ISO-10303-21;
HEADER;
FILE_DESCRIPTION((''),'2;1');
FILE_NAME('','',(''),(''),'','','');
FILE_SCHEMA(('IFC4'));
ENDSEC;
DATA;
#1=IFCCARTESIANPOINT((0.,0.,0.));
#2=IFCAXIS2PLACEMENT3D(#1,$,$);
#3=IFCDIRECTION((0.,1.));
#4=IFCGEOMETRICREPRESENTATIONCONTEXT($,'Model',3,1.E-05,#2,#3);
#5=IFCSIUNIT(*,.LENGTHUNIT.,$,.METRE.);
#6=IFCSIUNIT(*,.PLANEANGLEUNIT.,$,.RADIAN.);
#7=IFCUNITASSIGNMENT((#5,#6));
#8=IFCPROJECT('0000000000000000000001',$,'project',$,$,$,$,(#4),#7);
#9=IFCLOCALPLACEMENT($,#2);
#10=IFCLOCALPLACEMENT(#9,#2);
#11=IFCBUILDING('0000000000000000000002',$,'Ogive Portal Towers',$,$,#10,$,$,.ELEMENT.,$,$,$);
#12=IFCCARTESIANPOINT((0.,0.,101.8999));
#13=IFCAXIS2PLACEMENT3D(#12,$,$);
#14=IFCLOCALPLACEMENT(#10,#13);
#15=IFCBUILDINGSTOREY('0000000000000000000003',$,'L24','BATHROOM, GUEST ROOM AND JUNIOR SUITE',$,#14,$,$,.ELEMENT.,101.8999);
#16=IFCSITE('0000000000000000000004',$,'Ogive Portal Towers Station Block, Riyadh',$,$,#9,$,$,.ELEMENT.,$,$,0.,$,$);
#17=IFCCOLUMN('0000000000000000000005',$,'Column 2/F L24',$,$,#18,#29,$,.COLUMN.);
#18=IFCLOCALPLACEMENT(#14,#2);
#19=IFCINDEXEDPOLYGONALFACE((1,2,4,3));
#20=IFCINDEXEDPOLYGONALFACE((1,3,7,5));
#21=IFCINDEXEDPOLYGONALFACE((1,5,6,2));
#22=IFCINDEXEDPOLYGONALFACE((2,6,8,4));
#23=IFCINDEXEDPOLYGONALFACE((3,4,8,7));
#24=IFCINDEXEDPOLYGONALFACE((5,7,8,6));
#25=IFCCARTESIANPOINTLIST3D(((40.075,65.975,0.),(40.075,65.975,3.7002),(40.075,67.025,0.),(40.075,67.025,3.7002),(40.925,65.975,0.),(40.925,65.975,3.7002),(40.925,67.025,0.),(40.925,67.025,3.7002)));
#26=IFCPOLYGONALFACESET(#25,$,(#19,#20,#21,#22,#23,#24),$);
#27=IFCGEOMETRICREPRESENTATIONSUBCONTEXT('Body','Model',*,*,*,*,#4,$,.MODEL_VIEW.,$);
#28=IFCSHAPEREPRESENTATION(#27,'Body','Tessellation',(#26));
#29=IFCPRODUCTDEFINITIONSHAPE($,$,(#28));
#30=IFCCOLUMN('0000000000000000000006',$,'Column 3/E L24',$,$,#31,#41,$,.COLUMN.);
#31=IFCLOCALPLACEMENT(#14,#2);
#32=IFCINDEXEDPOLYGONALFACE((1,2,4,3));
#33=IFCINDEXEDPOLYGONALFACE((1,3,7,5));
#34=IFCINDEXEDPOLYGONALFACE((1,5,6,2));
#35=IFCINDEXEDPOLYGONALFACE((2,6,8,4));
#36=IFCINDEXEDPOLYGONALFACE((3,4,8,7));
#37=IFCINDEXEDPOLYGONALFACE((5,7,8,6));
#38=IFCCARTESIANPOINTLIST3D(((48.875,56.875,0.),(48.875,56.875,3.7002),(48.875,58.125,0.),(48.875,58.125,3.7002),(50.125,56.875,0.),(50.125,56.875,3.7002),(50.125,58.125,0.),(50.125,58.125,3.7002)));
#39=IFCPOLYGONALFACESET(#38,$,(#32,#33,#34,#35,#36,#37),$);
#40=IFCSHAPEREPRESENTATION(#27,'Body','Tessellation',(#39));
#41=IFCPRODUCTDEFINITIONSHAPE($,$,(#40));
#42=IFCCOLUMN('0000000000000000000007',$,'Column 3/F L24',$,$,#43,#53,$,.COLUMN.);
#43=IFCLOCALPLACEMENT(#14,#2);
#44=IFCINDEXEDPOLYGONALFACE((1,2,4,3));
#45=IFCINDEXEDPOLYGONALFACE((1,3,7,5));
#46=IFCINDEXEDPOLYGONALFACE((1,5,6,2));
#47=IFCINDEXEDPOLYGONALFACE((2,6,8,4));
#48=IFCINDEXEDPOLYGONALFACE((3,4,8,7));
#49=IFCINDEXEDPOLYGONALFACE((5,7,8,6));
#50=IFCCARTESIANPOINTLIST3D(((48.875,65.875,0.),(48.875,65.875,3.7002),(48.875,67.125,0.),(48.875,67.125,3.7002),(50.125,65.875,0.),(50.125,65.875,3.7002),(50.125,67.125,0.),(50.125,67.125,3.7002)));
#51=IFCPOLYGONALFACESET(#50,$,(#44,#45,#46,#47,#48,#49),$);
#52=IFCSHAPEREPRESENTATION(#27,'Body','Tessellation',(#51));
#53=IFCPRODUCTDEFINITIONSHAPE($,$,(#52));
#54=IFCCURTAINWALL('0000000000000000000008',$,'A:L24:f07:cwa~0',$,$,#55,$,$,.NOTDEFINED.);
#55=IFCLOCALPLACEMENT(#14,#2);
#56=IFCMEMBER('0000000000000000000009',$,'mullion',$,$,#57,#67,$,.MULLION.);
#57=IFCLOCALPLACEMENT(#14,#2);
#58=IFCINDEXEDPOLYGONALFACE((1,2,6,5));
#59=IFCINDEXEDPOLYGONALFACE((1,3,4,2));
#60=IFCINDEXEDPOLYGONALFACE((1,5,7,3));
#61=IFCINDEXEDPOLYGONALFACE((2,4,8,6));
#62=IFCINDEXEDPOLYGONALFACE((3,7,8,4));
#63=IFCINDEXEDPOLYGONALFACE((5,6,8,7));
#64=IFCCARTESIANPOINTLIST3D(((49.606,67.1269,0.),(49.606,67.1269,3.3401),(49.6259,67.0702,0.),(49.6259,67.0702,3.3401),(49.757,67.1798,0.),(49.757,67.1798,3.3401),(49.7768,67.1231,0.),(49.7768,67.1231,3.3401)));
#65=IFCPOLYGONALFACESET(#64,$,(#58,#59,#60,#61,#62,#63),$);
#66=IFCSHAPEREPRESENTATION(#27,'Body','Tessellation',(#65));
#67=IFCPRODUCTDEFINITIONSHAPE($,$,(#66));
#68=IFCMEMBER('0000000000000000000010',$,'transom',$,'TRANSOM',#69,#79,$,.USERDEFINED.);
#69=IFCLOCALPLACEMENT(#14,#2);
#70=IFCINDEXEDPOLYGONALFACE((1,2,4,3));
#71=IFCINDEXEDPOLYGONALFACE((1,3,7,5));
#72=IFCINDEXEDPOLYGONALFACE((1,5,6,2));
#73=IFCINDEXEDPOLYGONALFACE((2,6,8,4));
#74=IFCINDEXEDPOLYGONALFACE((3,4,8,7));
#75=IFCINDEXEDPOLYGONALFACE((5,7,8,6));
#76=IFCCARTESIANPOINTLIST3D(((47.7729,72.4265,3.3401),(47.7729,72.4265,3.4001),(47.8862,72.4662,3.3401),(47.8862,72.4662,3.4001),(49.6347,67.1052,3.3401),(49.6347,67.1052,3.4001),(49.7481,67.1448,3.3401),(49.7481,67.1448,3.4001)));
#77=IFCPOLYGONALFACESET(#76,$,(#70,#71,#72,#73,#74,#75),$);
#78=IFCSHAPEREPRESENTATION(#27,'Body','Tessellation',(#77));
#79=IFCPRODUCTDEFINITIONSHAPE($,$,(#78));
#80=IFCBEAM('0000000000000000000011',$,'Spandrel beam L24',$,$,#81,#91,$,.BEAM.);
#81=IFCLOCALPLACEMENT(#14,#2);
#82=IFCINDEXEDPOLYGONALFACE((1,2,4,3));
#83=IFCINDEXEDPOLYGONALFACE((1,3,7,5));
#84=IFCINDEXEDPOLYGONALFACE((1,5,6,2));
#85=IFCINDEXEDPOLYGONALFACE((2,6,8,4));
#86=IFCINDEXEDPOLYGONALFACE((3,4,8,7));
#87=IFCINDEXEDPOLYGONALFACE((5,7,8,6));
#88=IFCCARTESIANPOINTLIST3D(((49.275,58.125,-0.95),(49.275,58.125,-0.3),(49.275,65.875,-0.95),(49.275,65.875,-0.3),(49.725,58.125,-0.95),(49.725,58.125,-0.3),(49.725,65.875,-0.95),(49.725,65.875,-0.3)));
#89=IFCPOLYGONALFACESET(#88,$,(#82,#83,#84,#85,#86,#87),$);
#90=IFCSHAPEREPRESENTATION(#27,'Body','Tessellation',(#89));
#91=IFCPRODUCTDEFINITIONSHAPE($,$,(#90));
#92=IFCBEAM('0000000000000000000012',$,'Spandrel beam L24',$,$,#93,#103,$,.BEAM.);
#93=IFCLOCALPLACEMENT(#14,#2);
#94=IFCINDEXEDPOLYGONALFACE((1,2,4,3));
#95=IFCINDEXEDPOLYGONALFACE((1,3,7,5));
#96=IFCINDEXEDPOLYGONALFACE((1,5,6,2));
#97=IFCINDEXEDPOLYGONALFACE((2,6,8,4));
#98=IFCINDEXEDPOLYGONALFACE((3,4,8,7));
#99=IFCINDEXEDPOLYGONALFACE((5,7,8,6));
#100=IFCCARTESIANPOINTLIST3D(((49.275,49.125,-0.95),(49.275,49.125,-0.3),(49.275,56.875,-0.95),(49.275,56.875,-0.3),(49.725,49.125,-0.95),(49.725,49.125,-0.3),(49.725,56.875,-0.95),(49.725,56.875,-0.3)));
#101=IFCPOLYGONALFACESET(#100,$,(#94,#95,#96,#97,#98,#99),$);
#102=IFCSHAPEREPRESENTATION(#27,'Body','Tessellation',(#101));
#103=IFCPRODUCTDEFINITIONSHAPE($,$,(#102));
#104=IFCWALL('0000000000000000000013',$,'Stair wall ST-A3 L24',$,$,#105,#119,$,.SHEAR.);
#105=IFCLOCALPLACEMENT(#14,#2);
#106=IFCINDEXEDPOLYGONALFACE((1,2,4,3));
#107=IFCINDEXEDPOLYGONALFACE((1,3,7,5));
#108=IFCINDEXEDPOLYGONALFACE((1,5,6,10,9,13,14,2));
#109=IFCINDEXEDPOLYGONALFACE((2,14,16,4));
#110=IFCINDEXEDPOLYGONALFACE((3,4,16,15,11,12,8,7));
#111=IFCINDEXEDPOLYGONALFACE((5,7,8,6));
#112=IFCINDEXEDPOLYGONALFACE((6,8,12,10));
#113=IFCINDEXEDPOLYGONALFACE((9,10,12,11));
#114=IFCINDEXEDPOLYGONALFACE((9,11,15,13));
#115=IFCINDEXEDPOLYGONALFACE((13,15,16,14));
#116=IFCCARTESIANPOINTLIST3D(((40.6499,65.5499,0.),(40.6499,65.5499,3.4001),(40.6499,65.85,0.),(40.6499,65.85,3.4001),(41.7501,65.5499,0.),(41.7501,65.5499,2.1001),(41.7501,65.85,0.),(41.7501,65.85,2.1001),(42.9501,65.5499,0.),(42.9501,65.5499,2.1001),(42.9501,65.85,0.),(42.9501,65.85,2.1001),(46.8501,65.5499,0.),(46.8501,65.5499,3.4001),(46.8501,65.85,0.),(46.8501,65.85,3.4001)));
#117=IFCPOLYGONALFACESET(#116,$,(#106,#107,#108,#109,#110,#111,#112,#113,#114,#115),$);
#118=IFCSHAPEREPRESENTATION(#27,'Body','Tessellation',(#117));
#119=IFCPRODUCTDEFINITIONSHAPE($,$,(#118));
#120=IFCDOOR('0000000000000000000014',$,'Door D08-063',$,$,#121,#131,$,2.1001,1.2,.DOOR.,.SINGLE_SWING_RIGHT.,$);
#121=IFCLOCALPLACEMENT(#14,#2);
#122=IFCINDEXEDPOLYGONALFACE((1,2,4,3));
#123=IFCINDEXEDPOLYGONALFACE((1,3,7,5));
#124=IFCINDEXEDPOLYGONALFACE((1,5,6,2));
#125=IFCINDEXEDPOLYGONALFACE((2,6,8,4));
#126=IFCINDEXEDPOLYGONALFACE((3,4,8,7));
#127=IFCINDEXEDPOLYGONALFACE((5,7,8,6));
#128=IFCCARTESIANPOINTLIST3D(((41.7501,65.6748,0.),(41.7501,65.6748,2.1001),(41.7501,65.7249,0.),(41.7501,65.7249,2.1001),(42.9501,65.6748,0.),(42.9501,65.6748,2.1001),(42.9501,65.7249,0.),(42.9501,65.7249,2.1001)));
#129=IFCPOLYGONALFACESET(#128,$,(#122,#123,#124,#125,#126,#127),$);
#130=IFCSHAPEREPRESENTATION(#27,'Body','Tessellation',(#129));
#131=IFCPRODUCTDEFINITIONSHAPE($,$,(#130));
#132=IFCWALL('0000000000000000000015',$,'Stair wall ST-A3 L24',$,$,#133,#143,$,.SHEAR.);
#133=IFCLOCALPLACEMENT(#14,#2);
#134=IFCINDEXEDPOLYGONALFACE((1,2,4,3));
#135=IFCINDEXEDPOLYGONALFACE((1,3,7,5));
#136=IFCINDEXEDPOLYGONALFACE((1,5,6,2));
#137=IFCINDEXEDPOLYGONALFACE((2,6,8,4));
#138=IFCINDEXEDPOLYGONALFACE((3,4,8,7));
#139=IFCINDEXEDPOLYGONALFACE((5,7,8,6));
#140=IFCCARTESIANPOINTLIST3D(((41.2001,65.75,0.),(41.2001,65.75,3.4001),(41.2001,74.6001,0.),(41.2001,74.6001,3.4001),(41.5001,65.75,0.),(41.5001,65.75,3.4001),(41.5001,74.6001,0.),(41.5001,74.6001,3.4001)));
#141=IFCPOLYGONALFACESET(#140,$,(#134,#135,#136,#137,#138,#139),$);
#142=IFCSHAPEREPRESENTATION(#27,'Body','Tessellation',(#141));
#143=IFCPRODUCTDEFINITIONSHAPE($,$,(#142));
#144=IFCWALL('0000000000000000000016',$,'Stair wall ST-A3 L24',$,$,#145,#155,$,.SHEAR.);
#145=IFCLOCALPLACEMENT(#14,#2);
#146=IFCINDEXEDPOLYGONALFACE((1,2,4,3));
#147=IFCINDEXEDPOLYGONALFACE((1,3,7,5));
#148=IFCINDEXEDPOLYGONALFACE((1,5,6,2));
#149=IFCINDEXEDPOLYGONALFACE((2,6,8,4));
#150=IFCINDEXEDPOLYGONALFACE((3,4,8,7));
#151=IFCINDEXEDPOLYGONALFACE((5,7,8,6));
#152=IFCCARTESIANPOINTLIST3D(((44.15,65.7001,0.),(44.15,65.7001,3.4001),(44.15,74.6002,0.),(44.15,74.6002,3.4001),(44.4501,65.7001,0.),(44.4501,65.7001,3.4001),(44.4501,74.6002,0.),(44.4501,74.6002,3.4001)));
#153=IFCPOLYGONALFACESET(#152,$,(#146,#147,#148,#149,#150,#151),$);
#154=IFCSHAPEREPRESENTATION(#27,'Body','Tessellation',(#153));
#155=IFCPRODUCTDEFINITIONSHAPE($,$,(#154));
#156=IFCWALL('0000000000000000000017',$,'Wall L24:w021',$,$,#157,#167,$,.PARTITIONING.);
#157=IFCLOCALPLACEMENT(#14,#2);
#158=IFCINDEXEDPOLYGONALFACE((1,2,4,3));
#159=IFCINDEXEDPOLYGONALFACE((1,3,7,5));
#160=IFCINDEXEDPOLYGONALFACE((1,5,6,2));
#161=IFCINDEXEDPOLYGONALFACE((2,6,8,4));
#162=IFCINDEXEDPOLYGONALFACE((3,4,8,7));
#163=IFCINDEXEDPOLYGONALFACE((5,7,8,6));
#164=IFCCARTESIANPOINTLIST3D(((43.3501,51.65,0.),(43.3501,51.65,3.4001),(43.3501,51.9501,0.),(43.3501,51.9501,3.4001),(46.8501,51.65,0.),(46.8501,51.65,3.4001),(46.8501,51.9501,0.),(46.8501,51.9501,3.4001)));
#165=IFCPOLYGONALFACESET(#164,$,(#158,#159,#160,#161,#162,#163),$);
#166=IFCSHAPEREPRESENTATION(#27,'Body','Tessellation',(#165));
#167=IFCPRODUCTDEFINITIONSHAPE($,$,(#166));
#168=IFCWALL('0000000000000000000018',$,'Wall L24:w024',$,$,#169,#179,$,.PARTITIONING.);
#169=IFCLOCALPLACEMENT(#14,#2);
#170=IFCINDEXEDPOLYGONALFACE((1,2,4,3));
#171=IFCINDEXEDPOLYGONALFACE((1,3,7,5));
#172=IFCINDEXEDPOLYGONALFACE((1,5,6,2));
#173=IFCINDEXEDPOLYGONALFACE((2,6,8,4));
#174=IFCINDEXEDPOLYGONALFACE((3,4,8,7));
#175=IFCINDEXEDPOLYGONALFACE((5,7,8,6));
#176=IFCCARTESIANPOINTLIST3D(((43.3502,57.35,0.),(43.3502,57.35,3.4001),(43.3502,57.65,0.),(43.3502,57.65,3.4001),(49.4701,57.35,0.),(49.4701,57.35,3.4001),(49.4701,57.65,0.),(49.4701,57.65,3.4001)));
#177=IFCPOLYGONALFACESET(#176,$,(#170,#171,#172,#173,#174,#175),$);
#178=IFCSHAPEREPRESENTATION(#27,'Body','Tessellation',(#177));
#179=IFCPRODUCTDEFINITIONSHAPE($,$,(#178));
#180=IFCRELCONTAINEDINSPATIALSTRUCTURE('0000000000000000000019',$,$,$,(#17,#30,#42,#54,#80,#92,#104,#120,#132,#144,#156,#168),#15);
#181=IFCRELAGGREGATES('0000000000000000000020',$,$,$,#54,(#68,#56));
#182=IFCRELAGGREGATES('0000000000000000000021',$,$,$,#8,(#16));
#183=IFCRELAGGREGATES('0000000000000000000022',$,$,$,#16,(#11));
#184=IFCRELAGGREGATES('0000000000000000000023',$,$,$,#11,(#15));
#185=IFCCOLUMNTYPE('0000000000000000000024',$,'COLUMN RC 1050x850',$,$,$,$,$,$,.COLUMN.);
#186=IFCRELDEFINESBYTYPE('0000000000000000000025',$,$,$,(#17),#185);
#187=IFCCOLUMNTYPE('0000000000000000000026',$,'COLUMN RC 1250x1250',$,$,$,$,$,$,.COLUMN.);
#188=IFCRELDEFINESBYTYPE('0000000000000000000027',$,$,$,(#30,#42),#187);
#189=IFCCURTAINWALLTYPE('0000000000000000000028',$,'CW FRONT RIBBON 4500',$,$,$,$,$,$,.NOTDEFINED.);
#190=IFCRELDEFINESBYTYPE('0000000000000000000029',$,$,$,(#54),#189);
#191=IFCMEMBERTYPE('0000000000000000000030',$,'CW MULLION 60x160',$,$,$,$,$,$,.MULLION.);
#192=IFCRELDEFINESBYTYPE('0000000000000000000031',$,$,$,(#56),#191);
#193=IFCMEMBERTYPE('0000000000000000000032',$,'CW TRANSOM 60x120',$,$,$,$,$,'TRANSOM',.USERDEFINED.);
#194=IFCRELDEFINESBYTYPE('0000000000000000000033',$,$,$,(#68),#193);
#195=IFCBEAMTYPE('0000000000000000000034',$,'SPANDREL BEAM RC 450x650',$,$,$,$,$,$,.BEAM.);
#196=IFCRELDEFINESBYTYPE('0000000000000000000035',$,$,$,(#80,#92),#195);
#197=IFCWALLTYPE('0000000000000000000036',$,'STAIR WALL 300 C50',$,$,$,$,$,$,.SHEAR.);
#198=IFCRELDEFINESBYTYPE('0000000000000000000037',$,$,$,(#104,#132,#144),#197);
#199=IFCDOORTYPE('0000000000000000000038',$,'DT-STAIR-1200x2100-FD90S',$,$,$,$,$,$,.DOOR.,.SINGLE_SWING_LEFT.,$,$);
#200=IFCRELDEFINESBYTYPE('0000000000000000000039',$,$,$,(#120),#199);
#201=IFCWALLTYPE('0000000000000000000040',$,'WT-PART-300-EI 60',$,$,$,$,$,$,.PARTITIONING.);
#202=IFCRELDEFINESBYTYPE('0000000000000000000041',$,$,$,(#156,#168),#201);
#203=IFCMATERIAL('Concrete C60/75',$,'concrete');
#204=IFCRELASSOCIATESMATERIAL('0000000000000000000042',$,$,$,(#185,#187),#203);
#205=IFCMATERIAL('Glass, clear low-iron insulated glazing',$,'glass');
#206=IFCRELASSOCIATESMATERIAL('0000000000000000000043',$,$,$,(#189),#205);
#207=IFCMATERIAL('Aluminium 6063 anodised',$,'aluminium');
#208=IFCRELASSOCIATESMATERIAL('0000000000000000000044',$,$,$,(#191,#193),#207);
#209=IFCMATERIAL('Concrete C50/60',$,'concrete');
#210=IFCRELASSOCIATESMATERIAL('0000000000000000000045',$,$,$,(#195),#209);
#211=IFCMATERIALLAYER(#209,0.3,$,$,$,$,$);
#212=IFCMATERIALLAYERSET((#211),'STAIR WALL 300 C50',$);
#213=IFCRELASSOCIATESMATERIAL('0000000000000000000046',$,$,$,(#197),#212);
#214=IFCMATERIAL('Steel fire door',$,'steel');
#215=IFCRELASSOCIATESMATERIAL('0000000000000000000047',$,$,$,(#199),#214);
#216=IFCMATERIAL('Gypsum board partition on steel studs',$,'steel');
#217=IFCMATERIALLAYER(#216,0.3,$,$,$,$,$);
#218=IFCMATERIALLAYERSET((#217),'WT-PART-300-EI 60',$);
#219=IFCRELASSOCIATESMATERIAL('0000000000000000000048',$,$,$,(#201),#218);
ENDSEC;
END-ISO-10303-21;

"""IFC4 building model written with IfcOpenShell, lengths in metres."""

from ifc_helpers import new_model, si_unit, direction, frame, frame_2d, origin, origin_2d, place, context, subcontext, project, spatial, rectangle, extrude, material, layer, layer_set, material_profile, profile_set, type_object, element, fill, aggregate, save


model = new_model("IFC4")

# Units and contexts
model_context = context("Model", 3, precision=1e-05, world=origin(), true_north=direction((0.0, 1.0)))
body_context = subcontext(model_context, "Body", "Model", "MODEL_VIEW")
ifc_project = project(units=[si_unit("LENGTHUNIT", "METRE"), si_unit("PLANEANGLEUNIT", "RADIAN")], contexts=[model_context])

# Site, building, storey
site_placement = place(None, origin())
site = spatial("IfcSite", under=ifc_project, at=site_placement, Name="Ogive Portal Towers Station Block, Riyadh", CompositionType="ELEMENT", RefElevation=0.0)
building_placement = place(site_placement, origin())
building = spatial("IfcBuilding", under=site, at=building_placement, Name="Ogive Portal Towers", CompositionType="ELEMENT")
storey_placement = place(building_placement, frame((0.0, 0.0, 101.8999)))
storey = spatial("IfcBuildingStorey", under=building, at=storey_placement, Name="L24", Description="BATHROOM, GUEST ROOM AND JUNIOR SUITE", CompositionType="ELEMENT", Elevation=101.8999)

# Columns
ifc_material_1 = material(Name="Concrete C60/75", Category="concrete")
ifc_material_profile_1 = material_profile(ifc_material_1, rectangle(XDim=1.05, YDim=0.8501, at=origin_2d()), Name="RC 1050x850")
ifc_profile_set_1 = profile_set([ifc_material_profile_1], Name="Concrete C60/75")
column_type_1 = type_object("IfcColumnType", Name="COLUMN RC 1050x850", PredefinedType="COLUMN", material=ifc_profile_set_1)
column_placement = place(storey_placement, frame((40.5, 66.5, 0.0), z_axis=(0.0, 0.0, 1.0), x_axis=(0.0, 1.0, 0.0)))
element("IfcColumn", 1, at=column_placement, inside=storey, type_object=column_type_1, Name="Column 2/F L24", PredefinedType="COLUMN", context=body_context, shape_type="SweptSolid", body=[
    extrude(rectangle(XDim=1.05, YDim=0.8501, at=origin_2d()), origin(), (0.0, 0.0, 1.0), 3.7002),
])
ifc_material_profile_2 = material_profile(ifc_material_1, rectangle(XDim=1.25, YDim=1.25, at=origin_2d()), Name="RC 1250x1250")
ifc_profile_set_2 = profile_set([ifc_material_profile_2], Name="Concrete C60/75")
column_type_2 = type_object("IfcColumnType", Name="COLUMN RC 1250x1250", PredefinedType="COLUMN", material=ifc_profile_set_2)
for number, where, z_axis, x_axis, name in (
    (2, (49.5, 57.5, 0.0), (0.0, 0.0, 1.0), (1.0, 0.0, 0.0), "Column 3/E L24"),
    (3, (49.5, 66.5, 0.0), (0.0, 0.0, 1.0), (1.0, 0.0, 0.0), "Column 3/F L24"),
):
    element("IfcColumn", number, at=place(storey_placement, frame(where, z_axis=z_axis, x_axis=x_axis)), inside=storey, type_object=column_type_2, Name=name, PredefinedType="COLUMN", context=body_context, shape_type="SweptSolid", body=[
        extrude(rectangle(XDim=1.25, YDim=1.25, at=origin_2d()), origin(), (0.0, 0.0, 1.0), 3.7002),
    ])

# Curtain wall, members
ifc_material_2 = material(Name="Glass, clear low-iron insulated glazing", Category="glass")
curtain_wall_type = type_object("IfcCurtainWallType", Name="CW FRONT RIBBON 4500", PredefinedType="NOTDEFINED", material=ifc_material_2)
curtain_wall_placement = place(storey_placement, origin())
curtain_wall = element("IfcCurtainWall", 4, at=curtain_wall_placement, inside=storey, type_object=curtain_wall_type, Name="A:L24:f07:cwa~0", PredefinedType="NOTDEFINED")
ifc_material_3 = material(Name="Aluminium 6063 anodised", Category="aluminium")
ifc_material_profile_3 = material_profile(ifc_material_3, rectangle(XDim=0.1599, YDim=0.0601, at=origin_2d()), Name="AL 60x160")
ifc_profile_set_3 = profile_set([ifc_material_profile_3], Name="Aluminium 6063 anodised")
member_type_1 = type_object("IfcMemberType", Name="CW MULLION 60x160", PredefinedType="MULLION", material=ifc_profile_set_3)
member_1_placement = place(storey_placement, frame((49.6914, 67.125, 0.0), z_axis=(0.0, 0.0, 1.0), x_axis=(-0.943883, -0.330279, 0.0)))
member_1 = element("IfcMember", 5, at=member_1_placement, type_object=member_type_1, Name="mullion", PredefinedType="MULLION", context=body_context, shape_type="SweptSolid", body=[
    extrude(rectangle(XDim=0.1599, YDim=0.0601, at=origin_2d()), origin(), (0.0, 0.0, 1.0), 3.3401),
])
ifc_material_profile_4 = material_profile(ifc_material_3, rectangle(XDim=0.1201, YDim=0.0601, at=origin_2d()), Name="AL 120x60")
ifc_profile_set_4 = profile_set([ifc_material_profile_4], Name="Aluminium 6063 anodised")
member_type_2 = type_object("IfcMemberType", Name="CW TRANSOM 60x120", ElementType="TRANSOM", PredefinedType="USERDEFINED", material=ifc_profile_set_4)
member_2_placement = place(storey_placement, frame((49.6914, 67.125, 3.3701), z_axis=(-0.33025, 0.943893, 0.0), x_axis=(-0.943893, -0.33025, 0.0)))
member_2 = element("IfcMember", 6, at=member_2_placement, type_object=member_type_2, Name="transom", ObjectType="TRANSOM", PredefinedType="USERDEFINED", context=body_context, shape_type="SweptSolid", body=[
    extrude(rectangle(XDim=0.1201, YDim=0.0601, at=origin_2d()), origin(), (0.0, 0.0, 1.0), 5.6377),
])
aggregate(curtain_wall, [member_2, member_1])

# Beams
ifc_material_4 = material(Name="Concrete C50/60", Category="concrete")
ifc_material_profile_5 = material_profile(ifc_material_4, rectangle(XDim=0.45, YDim=0.6499, at=origin_2d()), Name="RC 450x650")
ifc_profile_set_5 = profile_set([ifc_material_profile_5], Name="Concrete C50/60")
beam_type = type_object("IfcBeamType", Name="SPANDREL BEAM RC 450x650", PredefinedType="BEAM", material=ifc_profile_set_5)
for number, where, z_axis, x_axis, name in (
    (7, (49.5, 65.875, -0.625), (0.0, -1.0, 0.0), (1.0, 0.0, 0.0), "Spandrel beam L24"),
    (8, (49.5, 56.875, -0.625), (0.0, -1.0, 0.0), (1.0, 0.0, 0.0), "Spandrel beam L24"),
):
    element("IfcBeam", number, at=place(storey_placement, frame(where, z_axis=z_axis, x_axis=x_axis)), inside=storey, type_object=beam_type, Name=name, PredefinedType="BEAM", context=body_context, shape_type="SweptSolid", body=[
        extrude(rectangle(XDim=0.45, YDim=0.6499, at=origin_2d()), origin(), (0.0, 0.0, 1.0), 7.75),
    ])

# Wall, opening, door
ifc_layer_1 = layer(ifc_material_4, 0.3)
ifc_layer_set_1 = layer_set([ifc_layer_1], Name="STAIR WALL 300 C50")
wall_type_1 = type_object("IfcWallType", Name="STAIR WALL 300 C50", PredefinedType="SHEAR", material=ifc_layer_set_1)
wall_1_placement = place(storey_placement, frame((40.6499, 65.7, 0.0), z_axis=(0.0, 0.0, 1.0), x_axis=(1.0, 0.0, 0.0)))
wall_1 = element("IfcWall", 9, at=wall_1_placement, inside=storey, type_object=wall_type_1, Name="Stair wall ST-A3 L24", PredefinedType="SHEAR", context=body_context, shape_type="SweptSolid", body=[
    extrude(rectangle(XDim=6.2002, YDim=0.3, at=frame_2d((3.1001, 0.0))), origin(), (0.0, 0.0, 1.0), 3.4001),
])
opening_1_placement = place(wall_1_placement, frame((1.1001, 0.0, 0.0)))
opening_1 = element("IfcOpeningElement", 10, at=opening_1_placement, cuts=wall_1, PredefinedType="OPENING", context=body_context, shape_type="SweptSolid", body=[
    extrude(rectangle(XDim=1.2, YDim=2.1001, at=frame_2d((0.6001, 1.05))), frame((0.0, 0.1602, 0.0), z_axis=(0.0, -1.0, 0.0), x_axis=(1.0, 0.0, 0.0)), (0.0, 0.0, 1.0), 0.3201),
])
ifc_material_5 = material(Name="Steel fire door", Category="steel")
door_type_1 = type_object("IfcDoorType", Name="DT-STAIR-1200x2100-FD90S", OperationType="SINGLE_SWING_LEFT", PredefinedType="DOOR", material=ifc_material_5)
door_1_placement = place(opening_1_placement, origin())
door_1 = element("IfcDoor", 11, at=door_1_placement, inside=storey, type_object=door_type_1, Name="Door D08-063", OperationType="SINGLE_SWING_RIGHT", OverallHeight=2.1001, OverallWidth=1.2, PredefinedType="DOOR", context=body_context, shape_type="SweptSolid", body=[
    extrude(rectangle(XDim=1.2, YDim=2.1001, at=frame_2d((0.6001, 1.05))), frame((0.0, 0.0249, 0.0), z_axis=(0.0, -1.0, 0.0), x_axis=(1.0, 0.0, 0.0)), (0.0, 0.0, 1.0), 0.05),
])
fill(opening_1, door_1)

# Walls
wall_2_placement = place(storey_placement, frame((41.3501, 65.75, 0.0), z_axis=(0.0, 0.0, 1.0), x_axis=(0.0, 1.0, 0.0)))
element("IfcWall", 12, at=wall_2_placement, inside=storey, type_object=wall_type_1, Name="Stair wall ST-A3 L24", PredefinedType="SHEAR", context=body_context, shape_type="SweptSolid", body=[
    extrude(rectangle(XDim=8.8501, YDim=0.3, at=frame_2d((4.425, 0.0))), origin(), (0.0, 0.0, 1.0), 3.4001),
])
wall_3_placement = place(storey_placement, frame((44.3, 65.7, 0.0), z_axis=(0.0, 0.0, 1.0), x_axis=(0.0, 1.0, 0.0)))
element("IfcWall", 13, at=wall_3_placement, inside=storey, type_object=wall_type_1, Name="Stair wall ST-A3 L24", PredefinedType="SHEAR", context=body_context, shape_type="SweptSolid", body=[
    extrude(rectangle(XDim=8.9001, YDim=0.3, at=frame_2d((4.4502, 0.0))), origin(), (0.0, 0.0, 1.0), 3.4001),
])
ifc_material_6 = material(Name="Gypsum board partition on steel studs", Category="steel")
ifc_layer_2 = layer(ifc_material_6, 0.3)
ifc_layer_set_2 = layer_set([ifc_layer_2], Name="WT-PART-300-EI 60")
wall_type_2 = type_object("IfcWallType", Name="WT-PART-300-EI 60", PredefinedType="PARTITIONING", material=ifc_layer_set_2)
wall_4_placement = place(storey_placement, frame((43.3501, 51.8, 0.0), z_axis=(0.0, 0.0, 1.0), x_axis=(1.0, 0.0, 0.0)))
element("IfcWall", 14, at=wall_4_placement, inside=storey, type_object=wall_type_2, Name="Wall L24:w021", PredefinedType="PARTITIONING", context=body_context, shape_type="SweptSolid", body=[
    extrude(rectangle(XDim=3.5, YDim=0.3, at=frame_2d((1.75, 0.0))), origin(), (0.0, 0.0, 1.0), 3.4001),
])
wall_5_placement = place(storey_placement, frame((43.3501, 57.5, 0.0), z_axis=(0.0, 0.0, 1.0), x_axis=(1.0, 0.0, 0.0)))
element("IfcWall", 15, at=wall_5_placement, inside=storey, type_object=wall_type_2, Name="Wall L24:w024", PredefinedType="PARTITIONING", context=body_context, shape_type="SweptSolid", body=[
    extrude(rectangle(XDim=6.1199, YDim=0.3, at=frame_2d((3.0601, 0.0))), origin(), (0.0, 0.0, 1.0), 3.4001),
])

save(model, "model.ifc")
